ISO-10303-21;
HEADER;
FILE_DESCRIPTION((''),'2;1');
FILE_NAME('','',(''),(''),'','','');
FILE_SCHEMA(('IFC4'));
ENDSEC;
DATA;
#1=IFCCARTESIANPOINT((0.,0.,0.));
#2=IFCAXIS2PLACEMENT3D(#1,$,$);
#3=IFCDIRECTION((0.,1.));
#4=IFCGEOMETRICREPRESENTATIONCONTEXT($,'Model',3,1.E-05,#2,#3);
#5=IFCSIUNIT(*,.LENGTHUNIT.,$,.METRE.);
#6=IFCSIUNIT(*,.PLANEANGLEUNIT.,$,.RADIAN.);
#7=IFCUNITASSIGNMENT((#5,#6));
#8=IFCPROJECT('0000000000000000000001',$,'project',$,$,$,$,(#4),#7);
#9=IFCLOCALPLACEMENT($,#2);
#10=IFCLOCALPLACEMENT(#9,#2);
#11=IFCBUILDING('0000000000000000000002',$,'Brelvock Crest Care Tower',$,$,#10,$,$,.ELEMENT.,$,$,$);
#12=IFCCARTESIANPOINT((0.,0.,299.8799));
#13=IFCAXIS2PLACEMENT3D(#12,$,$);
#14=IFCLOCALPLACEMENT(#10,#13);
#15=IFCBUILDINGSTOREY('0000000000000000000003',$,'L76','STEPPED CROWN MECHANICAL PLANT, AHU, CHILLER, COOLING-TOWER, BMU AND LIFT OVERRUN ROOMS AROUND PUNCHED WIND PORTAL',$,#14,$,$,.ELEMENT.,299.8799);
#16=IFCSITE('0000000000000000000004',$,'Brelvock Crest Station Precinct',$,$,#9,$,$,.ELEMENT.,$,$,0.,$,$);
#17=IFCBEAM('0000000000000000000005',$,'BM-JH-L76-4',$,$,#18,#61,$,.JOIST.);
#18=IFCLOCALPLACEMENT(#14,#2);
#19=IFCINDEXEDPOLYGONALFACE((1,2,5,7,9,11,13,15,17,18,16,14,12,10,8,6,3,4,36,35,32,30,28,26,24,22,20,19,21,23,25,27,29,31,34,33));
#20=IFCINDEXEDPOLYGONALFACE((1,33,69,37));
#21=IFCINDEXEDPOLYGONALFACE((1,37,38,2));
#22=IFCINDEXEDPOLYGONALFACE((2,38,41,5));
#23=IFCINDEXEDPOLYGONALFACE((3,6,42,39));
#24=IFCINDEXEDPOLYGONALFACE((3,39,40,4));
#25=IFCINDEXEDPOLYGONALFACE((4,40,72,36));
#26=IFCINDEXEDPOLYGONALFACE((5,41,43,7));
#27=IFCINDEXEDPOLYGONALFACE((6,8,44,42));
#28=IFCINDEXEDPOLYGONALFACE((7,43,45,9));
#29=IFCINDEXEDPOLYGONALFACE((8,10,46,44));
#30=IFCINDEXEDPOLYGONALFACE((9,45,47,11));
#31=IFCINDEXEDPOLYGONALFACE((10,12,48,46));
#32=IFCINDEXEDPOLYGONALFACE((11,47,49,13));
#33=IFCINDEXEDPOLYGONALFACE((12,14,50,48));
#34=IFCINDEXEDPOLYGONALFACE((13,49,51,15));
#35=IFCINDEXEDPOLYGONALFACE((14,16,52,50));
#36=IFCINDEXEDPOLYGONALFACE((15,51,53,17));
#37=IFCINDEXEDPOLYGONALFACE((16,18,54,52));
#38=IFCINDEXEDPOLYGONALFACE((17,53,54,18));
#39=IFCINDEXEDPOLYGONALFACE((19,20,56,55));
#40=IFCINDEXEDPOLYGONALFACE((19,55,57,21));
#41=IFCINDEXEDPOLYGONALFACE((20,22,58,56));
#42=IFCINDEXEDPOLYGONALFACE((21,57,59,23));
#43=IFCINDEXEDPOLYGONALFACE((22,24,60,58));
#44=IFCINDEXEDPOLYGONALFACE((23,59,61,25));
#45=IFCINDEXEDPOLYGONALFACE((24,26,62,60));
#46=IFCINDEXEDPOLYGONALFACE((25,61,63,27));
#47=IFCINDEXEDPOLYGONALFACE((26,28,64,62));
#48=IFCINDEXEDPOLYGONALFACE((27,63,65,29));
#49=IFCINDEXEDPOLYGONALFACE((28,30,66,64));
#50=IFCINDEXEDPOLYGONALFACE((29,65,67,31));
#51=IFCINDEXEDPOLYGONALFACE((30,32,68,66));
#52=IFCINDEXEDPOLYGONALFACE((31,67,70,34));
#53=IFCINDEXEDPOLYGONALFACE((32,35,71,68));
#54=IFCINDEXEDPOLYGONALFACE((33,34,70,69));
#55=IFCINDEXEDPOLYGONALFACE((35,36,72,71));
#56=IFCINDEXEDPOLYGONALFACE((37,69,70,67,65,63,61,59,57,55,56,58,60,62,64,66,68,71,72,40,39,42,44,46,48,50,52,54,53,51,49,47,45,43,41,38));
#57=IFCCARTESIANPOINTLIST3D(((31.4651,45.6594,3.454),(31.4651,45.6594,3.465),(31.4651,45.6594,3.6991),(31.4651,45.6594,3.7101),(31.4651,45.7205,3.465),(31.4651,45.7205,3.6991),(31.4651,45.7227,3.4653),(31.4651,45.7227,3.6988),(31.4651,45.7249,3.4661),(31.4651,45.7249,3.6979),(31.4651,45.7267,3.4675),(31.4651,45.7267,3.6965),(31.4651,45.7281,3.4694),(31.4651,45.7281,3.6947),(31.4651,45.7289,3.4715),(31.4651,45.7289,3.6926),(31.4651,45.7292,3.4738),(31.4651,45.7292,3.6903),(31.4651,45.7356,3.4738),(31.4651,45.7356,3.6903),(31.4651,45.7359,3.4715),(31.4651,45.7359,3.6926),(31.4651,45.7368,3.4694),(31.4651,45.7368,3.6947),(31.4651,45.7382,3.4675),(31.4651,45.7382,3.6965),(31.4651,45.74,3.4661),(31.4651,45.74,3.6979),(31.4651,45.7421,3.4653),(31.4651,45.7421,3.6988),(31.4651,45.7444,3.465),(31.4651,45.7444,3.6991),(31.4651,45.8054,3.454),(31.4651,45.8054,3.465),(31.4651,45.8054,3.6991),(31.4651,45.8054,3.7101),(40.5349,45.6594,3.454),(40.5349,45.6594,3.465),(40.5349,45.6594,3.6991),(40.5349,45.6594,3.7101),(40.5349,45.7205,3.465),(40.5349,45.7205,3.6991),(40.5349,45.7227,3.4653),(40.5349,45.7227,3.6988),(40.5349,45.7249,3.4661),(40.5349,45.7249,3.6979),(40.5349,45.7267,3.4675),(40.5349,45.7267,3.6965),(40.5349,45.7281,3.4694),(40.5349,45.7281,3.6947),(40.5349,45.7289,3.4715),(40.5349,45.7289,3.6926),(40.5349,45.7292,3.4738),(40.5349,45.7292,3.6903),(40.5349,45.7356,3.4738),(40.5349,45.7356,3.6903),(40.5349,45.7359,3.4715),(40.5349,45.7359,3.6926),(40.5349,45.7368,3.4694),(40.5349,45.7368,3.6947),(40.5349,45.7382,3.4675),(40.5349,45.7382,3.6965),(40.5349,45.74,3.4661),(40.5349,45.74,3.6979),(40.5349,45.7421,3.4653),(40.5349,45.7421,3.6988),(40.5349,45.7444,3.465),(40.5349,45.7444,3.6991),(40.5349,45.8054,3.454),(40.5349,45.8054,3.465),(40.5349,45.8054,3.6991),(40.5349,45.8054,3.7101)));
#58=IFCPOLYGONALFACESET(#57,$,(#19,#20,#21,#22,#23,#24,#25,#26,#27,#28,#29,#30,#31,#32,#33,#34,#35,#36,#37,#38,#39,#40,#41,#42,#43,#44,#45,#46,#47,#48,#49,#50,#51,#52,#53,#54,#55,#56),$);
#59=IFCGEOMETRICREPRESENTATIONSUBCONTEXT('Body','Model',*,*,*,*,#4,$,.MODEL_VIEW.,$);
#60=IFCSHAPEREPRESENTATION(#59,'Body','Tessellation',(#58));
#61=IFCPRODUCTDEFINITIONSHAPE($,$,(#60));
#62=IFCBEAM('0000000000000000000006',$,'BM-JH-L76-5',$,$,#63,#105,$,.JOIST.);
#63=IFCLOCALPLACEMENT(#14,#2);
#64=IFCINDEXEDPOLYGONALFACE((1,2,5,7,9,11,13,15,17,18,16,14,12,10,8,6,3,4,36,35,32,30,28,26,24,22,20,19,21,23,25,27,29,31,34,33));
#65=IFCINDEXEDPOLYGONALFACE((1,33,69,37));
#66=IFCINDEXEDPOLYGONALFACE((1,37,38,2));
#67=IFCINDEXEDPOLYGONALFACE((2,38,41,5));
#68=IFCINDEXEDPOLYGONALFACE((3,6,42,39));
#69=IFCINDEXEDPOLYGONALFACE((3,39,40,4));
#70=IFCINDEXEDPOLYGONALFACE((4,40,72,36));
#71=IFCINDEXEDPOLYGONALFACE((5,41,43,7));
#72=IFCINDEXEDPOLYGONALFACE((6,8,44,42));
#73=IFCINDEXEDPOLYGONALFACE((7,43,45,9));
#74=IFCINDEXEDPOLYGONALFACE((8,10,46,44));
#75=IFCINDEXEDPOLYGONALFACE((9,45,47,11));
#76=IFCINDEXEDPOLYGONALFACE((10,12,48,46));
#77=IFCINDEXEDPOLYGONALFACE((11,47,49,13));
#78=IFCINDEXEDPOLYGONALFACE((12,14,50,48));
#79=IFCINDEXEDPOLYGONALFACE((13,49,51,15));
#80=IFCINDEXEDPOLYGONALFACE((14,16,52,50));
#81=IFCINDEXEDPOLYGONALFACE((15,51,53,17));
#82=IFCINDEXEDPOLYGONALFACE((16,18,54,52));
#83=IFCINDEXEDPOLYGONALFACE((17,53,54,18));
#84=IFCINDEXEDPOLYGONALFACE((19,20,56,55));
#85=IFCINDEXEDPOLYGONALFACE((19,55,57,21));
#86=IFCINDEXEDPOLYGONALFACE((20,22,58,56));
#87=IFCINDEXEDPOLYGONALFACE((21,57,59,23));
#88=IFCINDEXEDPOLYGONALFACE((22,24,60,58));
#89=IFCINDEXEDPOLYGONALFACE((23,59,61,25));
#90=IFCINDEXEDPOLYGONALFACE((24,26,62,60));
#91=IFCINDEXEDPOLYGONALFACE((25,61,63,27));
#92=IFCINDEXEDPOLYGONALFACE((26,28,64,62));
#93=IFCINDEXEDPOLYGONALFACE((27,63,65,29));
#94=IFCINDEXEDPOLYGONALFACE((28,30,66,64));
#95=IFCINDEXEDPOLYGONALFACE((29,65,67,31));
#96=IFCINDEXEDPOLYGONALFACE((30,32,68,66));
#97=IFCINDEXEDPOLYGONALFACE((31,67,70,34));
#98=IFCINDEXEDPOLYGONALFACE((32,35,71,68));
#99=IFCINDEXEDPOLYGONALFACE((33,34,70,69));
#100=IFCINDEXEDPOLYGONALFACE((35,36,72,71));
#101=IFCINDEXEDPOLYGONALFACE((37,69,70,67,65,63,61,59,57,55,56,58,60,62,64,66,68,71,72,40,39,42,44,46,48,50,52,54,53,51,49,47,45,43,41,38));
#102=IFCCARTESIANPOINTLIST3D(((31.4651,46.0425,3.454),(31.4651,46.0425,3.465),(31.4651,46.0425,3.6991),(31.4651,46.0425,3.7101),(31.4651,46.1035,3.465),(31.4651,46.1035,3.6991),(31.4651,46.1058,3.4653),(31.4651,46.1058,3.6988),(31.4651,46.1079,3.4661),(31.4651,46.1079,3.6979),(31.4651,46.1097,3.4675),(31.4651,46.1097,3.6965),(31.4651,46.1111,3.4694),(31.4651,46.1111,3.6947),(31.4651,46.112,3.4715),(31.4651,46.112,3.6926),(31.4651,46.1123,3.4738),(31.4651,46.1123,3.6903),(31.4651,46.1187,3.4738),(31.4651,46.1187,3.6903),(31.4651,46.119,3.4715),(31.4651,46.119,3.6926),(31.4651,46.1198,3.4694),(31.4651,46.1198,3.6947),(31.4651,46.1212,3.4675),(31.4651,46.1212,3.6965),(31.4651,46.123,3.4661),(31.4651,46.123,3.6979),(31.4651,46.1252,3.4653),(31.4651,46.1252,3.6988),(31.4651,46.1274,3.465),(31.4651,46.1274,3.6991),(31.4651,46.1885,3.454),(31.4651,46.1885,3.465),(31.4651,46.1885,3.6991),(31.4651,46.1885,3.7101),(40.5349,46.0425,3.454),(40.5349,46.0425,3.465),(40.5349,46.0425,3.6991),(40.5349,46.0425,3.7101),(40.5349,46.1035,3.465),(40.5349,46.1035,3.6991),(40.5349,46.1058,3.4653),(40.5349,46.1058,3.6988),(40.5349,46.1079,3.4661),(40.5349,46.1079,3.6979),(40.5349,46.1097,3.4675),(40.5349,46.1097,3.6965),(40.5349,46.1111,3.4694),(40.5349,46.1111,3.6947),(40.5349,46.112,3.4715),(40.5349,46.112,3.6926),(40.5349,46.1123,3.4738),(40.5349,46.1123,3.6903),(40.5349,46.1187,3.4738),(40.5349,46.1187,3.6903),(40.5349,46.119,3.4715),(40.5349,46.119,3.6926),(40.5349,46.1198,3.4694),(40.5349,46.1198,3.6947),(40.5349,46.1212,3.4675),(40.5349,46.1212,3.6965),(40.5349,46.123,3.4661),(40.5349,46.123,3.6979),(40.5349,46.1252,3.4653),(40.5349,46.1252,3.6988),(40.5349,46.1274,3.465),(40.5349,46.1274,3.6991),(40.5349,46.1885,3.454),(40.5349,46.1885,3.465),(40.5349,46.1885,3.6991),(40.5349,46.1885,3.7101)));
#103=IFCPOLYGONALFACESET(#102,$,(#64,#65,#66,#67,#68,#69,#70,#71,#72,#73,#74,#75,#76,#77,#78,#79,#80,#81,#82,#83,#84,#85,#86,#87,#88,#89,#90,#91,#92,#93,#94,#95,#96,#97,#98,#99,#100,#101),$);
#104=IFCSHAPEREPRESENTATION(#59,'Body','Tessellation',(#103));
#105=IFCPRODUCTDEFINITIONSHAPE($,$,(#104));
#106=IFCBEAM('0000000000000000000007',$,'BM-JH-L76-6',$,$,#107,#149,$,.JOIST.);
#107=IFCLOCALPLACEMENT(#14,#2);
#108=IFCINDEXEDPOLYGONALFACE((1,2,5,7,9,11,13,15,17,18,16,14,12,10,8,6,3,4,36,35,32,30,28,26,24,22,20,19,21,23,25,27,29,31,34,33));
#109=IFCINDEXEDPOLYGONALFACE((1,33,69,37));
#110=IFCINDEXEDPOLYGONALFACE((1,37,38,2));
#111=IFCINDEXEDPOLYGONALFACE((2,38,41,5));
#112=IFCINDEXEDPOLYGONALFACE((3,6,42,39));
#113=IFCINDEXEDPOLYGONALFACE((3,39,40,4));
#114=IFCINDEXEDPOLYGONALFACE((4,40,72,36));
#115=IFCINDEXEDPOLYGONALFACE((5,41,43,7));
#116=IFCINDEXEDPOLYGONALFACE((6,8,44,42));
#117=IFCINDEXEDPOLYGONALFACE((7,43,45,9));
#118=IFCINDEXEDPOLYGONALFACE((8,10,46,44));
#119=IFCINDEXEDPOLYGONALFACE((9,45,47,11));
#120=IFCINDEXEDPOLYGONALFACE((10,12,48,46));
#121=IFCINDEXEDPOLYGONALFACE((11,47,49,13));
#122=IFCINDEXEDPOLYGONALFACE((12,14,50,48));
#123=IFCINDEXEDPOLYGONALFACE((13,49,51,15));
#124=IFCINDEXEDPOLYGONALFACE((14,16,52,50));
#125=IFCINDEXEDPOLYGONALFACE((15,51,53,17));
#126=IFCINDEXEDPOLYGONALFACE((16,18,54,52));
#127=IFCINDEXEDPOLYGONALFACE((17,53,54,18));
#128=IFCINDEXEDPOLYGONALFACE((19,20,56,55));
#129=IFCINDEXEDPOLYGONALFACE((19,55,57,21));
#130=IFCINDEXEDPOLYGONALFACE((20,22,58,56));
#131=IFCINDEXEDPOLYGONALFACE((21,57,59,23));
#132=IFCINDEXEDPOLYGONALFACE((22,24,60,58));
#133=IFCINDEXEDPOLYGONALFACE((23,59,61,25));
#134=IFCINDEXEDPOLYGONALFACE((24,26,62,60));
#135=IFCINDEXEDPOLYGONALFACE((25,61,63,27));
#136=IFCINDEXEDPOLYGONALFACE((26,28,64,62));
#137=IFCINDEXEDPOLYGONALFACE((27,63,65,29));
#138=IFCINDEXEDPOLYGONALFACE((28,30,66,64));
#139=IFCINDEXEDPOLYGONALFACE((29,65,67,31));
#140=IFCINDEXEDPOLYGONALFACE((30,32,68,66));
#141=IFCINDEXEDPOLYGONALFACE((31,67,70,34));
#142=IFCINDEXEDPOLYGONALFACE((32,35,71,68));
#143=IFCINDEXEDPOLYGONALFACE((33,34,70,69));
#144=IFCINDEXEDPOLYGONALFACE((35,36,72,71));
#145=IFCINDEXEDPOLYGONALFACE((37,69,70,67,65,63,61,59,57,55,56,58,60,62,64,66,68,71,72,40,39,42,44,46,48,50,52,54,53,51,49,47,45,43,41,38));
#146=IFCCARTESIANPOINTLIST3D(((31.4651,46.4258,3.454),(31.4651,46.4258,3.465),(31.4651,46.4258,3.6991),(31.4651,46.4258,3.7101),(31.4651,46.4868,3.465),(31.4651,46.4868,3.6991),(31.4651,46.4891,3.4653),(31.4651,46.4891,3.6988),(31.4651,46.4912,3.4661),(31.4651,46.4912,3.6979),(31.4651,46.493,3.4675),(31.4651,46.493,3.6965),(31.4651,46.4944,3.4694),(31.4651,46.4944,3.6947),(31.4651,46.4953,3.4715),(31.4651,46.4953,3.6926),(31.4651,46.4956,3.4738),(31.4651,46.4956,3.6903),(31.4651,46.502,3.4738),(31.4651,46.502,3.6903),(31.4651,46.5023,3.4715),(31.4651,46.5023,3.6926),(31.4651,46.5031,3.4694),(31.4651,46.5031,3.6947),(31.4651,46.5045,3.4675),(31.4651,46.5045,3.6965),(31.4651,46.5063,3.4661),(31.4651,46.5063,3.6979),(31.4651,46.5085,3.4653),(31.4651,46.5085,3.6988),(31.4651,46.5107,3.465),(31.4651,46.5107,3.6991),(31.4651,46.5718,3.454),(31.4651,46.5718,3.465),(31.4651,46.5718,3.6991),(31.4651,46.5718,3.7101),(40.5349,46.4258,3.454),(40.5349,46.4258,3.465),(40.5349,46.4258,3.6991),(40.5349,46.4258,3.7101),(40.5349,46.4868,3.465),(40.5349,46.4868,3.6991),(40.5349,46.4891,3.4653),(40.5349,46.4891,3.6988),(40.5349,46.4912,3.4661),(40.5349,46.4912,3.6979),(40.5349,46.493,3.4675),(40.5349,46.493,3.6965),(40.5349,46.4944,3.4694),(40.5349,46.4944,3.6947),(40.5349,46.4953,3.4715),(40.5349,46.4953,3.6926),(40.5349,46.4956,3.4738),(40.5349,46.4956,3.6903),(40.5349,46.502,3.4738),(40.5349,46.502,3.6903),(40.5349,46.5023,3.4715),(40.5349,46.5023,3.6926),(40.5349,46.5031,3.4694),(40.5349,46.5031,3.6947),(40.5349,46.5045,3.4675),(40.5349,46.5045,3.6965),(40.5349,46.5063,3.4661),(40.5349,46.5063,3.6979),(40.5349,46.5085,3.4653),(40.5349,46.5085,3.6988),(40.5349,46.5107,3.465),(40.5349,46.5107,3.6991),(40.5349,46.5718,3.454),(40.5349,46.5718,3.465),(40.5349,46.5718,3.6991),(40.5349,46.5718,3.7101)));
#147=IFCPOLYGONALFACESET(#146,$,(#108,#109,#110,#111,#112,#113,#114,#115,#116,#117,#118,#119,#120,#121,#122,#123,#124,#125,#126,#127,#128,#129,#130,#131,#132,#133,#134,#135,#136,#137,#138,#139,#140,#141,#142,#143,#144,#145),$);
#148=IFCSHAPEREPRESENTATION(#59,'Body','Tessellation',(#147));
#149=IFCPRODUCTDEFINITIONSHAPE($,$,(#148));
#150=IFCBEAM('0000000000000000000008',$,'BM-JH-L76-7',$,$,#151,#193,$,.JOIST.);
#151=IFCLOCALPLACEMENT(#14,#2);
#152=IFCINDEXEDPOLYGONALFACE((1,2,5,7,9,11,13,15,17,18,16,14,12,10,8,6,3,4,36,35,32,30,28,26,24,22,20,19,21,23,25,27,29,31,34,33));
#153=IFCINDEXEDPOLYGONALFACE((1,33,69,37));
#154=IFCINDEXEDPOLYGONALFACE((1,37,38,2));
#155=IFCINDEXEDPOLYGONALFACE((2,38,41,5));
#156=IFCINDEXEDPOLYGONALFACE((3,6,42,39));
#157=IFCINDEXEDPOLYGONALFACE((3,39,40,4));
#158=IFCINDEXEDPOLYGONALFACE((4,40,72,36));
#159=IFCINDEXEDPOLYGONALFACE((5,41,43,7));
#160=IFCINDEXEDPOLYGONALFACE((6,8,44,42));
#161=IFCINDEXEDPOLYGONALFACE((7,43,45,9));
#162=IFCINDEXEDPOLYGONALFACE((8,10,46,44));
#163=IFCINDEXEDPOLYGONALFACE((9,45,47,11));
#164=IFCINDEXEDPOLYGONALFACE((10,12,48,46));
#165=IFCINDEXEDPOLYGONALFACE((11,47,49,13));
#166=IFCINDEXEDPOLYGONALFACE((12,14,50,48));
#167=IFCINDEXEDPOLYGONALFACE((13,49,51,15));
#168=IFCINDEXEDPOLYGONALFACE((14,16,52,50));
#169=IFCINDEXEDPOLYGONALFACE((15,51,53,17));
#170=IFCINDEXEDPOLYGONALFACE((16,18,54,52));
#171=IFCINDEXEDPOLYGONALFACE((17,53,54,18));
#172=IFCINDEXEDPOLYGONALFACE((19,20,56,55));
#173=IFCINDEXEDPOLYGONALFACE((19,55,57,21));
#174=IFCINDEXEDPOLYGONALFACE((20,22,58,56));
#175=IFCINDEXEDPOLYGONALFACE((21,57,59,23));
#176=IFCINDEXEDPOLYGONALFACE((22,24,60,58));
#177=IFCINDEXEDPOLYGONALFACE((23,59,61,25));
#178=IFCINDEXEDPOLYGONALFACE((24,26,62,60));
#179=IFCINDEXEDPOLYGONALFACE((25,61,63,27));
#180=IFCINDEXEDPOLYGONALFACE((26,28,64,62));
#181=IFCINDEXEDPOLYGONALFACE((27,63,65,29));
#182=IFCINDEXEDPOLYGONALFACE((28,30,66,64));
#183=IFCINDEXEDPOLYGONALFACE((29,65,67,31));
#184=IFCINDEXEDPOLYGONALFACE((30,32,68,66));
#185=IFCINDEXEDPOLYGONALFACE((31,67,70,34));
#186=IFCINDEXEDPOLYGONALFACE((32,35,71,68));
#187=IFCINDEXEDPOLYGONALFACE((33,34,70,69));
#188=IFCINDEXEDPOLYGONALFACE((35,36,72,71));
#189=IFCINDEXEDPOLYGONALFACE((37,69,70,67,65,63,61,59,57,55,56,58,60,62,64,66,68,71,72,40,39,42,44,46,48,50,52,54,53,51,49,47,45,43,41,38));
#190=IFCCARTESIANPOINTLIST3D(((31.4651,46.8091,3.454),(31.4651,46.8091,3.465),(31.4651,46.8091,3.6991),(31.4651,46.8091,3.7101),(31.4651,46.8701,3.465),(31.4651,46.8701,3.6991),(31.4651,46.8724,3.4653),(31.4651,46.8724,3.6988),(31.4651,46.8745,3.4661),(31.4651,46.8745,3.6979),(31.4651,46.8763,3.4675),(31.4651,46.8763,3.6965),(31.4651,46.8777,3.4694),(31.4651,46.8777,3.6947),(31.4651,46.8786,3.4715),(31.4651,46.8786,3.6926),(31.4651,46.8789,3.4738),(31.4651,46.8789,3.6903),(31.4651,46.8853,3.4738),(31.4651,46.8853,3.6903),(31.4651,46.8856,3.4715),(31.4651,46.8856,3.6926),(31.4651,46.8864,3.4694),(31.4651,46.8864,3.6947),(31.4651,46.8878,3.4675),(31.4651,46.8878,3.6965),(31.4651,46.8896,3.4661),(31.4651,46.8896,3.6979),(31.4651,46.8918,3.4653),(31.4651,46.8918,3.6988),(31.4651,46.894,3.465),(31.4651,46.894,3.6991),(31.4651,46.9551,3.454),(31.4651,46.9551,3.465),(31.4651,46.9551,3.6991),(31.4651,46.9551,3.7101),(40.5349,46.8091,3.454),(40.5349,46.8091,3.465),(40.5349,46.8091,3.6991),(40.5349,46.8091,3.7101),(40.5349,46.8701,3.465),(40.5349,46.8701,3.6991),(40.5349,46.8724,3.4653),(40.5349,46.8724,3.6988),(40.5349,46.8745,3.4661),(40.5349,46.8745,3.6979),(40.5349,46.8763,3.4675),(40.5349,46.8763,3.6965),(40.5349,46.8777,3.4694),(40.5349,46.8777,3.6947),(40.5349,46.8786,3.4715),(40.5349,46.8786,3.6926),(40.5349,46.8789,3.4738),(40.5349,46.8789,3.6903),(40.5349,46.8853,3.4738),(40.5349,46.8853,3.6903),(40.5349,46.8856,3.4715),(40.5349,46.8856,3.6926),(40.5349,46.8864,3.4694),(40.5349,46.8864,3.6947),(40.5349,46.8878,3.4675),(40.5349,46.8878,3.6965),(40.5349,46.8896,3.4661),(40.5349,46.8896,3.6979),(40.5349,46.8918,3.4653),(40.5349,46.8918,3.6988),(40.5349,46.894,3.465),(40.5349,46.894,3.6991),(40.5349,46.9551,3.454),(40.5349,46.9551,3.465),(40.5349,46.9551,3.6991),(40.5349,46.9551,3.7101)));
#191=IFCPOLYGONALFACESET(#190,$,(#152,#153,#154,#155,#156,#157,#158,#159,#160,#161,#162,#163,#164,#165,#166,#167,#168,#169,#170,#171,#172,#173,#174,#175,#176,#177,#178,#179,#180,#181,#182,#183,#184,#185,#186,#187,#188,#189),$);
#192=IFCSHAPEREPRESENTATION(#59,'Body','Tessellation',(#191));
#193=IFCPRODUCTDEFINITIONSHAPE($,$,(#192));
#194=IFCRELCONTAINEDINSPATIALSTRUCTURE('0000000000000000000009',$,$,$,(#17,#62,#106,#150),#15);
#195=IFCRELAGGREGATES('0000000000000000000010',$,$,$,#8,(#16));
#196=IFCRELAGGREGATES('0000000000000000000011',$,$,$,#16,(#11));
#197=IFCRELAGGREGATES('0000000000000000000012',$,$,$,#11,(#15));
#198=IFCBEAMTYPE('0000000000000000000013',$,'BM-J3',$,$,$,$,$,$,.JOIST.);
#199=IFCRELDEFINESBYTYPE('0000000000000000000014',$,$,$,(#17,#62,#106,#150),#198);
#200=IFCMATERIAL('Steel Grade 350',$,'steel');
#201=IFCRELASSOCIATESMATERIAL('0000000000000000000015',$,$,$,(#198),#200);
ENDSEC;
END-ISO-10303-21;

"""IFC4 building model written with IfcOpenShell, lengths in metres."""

from ifc_helpers import new_model, si_unit, direction, frame, origin, origin_2d, place, context, subcontext, project, spatial, i_section, extrude, source, transform, mapped, material, material_profile, profile_set, type_object, element, save


model = new_model("IFC4")

# Units and contexts
model_context = context("Model", 3, precision=1e-05, world=origin(), true_north=direction((0.0, 1.0)))
body_context = subcontext(model_context, "Body", "Model", "MODEL_VIEW")
ifc_project = project(units=[si_unit("LENGTHUNIT", "METRE"), si_unit("PLANEANGLEUNIT", "RADIAN")], contexts=[model_context])

# Site, building, storey
site_placement = place(None, origin())
site = spatial("IfcSite", under=ifc_project, at=site_placement, Name="Brelvock Crest Station Precinct", CompositionType="ELEMENT", RefElevation=0.0)
building_placement = place(site_placement, origin())
building = spatial("IfcBuilding", under=site, at=building_placement, Name="Brelvock Crest Care Tower", CompositionType="ELEMENT")
storey_placement = place(building_placement, frame((0.0, 0.0, 299.8799)))
storey = spatial("IfcBuildingStorey", under=building, at=storey_placement, Name="L76", Description="STEPPED CROWN MECHANICAL PLANT, AHU, CHILLER, COOLING-TOWER, BMU AND LIFT OVERRUN ROOMS AROUND PUNCHED WIND PORTAL", CompositionType="ELEMENT", Elevation=299.8799)

# Shared definitions
ifc_material_1 = material(Name="Steel Grade 350", Category="steel")

# Beams
ifc_material_profile_1 = material_profile(ifc_material_1, i_section(OverallWidth=0.146, OverallDepth=0.2561, WebThickness=0.0063, FlangeThickness=0.011, FilletRadius=0.0088, at=origin_2d()), Name="250UB37.3")
ifc_profile_set_1 = profile_set([ifc_material_profile_1], Name="Steel Grade 350")
beam_type_1 = type_object("IfcBeamType", Name="BM-J3", PredefinedType="JOIST", material=ifc_profile_set_1)
shared_shape_1 = source(origin(), body_context, "Body", "SweptSolid", [
    extrude(i_section(OverallWidth=0.146, OverallDepth=0.2561, WebThickness=0.0063, FlangeThickness=0.011, FilletRadius=0.0088, at=origin_2d()), origin(), (0.0, 0.0, 1.0), 9.0698),
])
for number, where, z_axis, x_axis, name in (
    (1, (31.4651, 45.7324, 3.582), (1.0, 0.0, 0.0), (0.0, 1.0, 0.0), "BM-JH-L76-4"),
    (2, (31.4651, 46.1155, 3.582), (1.0, 0.0, 0.0), (0.0, 1.0, 0.0), "BM-JH-L76-5"),
    (3, (31.4651, 46.4988, 3.582), (1.0, 0.0, 0.0), (0.0, 1.0, 0.0), "BM-JH-L76-6"),
    (4, (31.4651, 46.8821, 3.582), (1.0, 0.0, 0.0), (0.0, 1.0, 0.0), "BM-JH-L76-7"),
):
    element("IfcBeam", number, at=place(storey_placement, frame(where, z_axis=z_axis, x_axis=x_axis)), inside=storey, type_object=beam_type_1, Name=name, PredefinedType="JOIST", context=body_context, shape_type="MappedRepresentation", body=[
        mapped(shared_shape_1, transform((0.0, 0.0, 0.0), x_axis=(1.0, 0.0, 0.0), y_axis=(0.0, 1.0, 0.0), z_axis=(0.0, 0.0, 1.0), scale=1.0)),
    ])

save(model, "model.ifc")
